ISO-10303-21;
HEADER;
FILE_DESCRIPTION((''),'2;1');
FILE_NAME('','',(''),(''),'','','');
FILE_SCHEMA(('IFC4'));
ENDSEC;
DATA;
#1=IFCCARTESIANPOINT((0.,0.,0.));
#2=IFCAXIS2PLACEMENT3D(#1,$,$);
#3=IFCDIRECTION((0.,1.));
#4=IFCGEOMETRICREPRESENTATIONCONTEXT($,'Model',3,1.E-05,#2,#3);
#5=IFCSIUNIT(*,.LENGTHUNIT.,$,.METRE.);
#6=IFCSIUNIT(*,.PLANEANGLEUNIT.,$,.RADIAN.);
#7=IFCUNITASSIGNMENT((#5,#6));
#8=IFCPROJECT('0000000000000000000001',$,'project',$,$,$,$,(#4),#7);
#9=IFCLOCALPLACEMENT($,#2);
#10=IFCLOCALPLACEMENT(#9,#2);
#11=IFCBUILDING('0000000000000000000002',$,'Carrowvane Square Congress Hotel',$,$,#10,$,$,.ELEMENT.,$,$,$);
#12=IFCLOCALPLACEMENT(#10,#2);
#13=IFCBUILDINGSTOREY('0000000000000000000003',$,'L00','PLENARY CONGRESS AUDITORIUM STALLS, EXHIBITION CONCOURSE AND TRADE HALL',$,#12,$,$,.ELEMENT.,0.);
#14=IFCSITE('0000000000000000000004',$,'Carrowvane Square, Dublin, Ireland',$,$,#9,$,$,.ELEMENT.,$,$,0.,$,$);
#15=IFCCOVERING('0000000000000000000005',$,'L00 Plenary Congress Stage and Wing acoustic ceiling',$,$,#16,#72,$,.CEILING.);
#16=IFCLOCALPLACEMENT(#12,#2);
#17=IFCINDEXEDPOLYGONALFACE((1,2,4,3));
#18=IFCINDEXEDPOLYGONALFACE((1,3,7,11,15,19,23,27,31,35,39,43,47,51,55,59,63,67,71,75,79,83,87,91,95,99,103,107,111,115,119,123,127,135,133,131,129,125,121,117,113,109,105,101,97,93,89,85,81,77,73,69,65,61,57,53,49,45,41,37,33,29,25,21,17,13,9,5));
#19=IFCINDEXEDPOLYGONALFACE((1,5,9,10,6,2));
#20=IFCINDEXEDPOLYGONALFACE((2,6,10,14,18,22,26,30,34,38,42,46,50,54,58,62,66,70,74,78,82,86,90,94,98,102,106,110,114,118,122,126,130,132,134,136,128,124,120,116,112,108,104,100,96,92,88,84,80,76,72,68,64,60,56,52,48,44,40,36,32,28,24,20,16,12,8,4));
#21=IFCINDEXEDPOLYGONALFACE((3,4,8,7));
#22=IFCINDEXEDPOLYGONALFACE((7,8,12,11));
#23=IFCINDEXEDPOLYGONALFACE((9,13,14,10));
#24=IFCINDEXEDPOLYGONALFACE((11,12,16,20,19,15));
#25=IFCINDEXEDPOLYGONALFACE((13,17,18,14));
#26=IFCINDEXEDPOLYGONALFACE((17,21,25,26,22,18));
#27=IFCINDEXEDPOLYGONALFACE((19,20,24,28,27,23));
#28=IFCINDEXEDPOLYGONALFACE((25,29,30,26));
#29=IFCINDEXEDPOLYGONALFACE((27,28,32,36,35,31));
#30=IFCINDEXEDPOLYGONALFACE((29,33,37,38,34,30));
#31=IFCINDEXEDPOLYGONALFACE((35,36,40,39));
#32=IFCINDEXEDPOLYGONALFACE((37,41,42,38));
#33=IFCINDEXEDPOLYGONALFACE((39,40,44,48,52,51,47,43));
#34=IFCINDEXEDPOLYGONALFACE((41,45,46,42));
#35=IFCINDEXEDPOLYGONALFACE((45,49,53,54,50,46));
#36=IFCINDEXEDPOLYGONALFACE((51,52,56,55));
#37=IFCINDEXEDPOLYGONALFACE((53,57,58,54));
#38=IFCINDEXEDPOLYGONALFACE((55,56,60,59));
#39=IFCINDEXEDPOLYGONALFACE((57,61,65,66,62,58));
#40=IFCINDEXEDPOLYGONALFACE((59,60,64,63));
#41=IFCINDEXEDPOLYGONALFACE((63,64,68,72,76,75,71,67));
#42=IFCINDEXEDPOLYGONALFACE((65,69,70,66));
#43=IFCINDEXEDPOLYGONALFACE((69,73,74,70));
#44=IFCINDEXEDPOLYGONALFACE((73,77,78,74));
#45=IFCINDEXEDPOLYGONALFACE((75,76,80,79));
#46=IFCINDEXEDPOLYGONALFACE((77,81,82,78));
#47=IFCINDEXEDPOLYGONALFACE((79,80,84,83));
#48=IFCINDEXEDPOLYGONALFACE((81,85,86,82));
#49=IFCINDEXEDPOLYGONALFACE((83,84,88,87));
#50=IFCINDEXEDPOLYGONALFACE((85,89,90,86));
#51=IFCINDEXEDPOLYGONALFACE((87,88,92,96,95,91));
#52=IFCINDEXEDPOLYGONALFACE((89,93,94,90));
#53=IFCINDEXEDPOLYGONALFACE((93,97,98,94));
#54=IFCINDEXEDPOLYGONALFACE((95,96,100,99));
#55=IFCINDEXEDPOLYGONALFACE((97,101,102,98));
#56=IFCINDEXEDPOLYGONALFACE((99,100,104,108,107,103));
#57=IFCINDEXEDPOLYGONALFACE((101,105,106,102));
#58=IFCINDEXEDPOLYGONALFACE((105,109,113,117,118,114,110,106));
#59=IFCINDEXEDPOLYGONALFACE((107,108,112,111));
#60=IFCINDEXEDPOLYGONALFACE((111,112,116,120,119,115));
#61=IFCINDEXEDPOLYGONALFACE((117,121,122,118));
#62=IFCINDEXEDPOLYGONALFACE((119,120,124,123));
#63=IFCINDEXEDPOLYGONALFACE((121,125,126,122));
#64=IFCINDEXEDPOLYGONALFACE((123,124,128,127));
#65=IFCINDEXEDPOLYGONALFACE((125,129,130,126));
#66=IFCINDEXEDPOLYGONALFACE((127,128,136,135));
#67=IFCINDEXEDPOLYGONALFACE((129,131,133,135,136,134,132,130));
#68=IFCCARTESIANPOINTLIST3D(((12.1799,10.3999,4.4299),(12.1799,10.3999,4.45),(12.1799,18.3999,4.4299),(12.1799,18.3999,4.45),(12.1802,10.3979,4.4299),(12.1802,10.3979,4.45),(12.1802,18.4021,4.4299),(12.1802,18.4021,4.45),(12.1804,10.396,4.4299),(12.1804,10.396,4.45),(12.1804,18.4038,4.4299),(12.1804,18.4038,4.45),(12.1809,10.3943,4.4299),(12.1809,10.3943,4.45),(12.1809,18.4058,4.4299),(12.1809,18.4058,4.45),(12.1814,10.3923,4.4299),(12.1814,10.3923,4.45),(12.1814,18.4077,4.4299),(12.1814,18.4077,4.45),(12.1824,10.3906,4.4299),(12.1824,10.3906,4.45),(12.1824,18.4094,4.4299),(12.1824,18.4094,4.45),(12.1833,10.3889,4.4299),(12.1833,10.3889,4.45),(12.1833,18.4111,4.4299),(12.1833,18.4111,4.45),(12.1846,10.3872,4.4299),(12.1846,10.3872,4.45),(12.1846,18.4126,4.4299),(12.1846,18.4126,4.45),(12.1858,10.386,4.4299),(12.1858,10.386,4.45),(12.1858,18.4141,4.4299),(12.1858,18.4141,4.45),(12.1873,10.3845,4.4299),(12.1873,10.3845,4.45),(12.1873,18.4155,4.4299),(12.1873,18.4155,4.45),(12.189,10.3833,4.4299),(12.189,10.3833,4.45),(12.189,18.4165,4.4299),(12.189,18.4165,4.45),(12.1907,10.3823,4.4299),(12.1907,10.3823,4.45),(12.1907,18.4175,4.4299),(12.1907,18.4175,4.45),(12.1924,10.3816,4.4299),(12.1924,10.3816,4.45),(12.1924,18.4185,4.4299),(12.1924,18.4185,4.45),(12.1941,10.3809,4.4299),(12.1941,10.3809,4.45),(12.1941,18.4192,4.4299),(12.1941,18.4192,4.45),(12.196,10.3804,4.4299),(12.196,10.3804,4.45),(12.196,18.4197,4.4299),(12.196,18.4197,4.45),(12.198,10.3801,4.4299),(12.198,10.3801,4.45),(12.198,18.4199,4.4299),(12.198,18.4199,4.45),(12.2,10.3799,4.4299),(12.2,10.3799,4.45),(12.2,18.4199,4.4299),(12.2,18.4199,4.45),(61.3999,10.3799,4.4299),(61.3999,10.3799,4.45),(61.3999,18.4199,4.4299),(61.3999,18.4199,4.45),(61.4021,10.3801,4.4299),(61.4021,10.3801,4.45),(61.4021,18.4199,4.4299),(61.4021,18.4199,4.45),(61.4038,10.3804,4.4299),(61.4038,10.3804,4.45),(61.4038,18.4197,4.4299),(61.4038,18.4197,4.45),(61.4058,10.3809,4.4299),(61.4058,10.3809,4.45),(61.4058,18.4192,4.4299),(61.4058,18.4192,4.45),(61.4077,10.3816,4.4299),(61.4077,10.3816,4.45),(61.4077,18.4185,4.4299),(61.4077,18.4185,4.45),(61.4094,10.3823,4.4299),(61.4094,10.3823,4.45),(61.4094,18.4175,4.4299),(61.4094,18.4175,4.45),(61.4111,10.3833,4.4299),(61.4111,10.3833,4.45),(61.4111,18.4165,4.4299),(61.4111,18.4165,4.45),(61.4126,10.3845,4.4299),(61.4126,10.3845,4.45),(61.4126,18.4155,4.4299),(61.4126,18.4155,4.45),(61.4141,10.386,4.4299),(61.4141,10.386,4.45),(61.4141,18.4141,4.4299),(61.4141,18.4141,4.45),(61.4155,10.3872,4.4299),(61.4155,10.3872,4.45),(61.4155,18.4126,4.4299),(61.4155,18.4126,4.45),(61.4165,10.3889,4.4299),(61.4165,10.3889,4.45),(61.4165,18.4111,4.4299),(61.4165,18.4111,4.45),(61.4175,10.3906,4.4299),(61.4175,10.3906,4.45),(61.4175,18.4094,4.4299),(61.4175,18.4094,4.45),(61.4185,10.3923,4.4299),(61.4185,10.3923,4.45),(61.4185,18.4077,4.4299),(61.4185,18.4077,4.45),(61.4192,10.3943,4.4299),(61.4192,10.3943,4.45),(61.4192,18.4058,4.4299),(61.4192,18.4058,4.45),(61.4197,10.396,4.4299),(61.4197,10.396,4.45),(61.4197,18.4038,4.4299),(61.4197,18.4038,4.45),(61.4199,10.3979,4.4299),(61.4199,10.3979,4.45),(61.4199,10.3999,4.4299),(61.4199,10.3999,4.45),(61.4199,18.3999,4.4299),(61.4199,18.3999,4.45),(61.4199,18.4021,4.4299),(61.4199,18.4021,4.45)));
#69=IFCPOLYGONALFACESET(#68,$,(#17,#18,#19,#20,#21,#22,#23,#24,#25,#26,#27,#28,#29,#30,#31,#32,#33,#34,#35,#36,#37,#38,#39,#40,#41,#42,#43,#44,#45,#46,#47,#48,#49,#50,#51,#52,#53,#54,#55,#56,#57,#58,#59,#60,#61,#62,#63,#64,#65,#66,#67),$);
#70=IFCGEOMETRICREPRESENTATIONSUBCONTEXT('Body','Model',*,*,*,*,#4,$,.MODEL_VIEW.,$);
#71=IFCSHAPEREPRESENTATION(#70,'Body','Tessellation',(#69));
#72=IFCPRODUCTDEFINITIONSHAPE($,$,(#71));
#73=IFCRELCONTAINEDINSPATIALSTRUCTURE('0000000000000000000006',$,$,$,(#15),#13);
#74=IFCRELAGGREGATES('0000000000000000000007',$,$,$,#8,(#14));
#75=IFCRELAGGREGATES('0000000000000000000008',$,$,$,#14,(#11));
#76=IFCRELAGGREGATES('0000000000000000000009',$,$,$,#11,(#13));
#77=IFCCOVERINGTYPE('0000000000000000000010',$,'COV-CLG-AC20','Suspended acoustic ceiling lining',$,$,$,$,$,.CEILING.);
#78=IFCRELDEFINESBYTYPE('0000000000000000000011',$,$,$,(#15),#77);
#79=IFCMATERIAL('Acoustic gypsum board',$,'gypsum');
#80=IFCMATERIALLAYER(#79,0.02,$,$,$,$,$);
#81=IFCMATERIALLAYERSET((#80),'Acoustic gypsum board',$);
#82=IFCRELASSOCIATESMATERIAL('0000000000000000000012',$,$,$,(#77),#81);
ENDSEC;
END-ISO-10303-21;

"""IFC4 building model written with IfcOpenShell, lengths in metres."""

from ifc_helpers import new_model, si_unit, direction, frame, origin, place, context, subcontext, project, spatial, polyline, outline, extrude, material, layer, layer_set, type_object, element, save


model = new_model("IFC4")

# Units and contexts
model_context = context("Model", 3, precision=1e-05, world=origin(), true_north=direction((0.0, 1.0)))
body_context = subcontext(model_context, "Body", "Model", "MODEL_VIEW")
ifc_project = project(units=[si_unit("LENGTHUNIT", "METRE"), si_unit("PLANEANGLEUNIT", "RADIAN")], contexts=[model_context])

# Site, building, storey
site_placement = place(None, origin())
site = spatial("IfcSite", under=ifc_project, at=site_placement, Name="Carrowvane Square, Dublin, Ireland", CompositionType="ELEMENT", RefElevation=0.0)
building_placement = place(site_placement, origin())
building = spatial("IfcBuilding", under=site, at=building_placement, Name="Carrowvane Square Congress Hotel", CompositionType="ELEMENT")
storey_placement = place(building_placement, origin())
storey = spatial("IfcBuildingStorey", under=building, at=storey_placement, Name="L00", Description="PLENARY CONGRESS AUDITORIUM STALLS, EXHIBITION CONCOURSE AND TRADE HALL", CompositionType="ELEMENT", Elevation=0.0)

# Covering
ifc_material_1 = material(Name="Acoustic gypsum board", Category="gypsum")
ifc_layer_1 = layer(ifc_material_1, 0.02)
ifc_layer_set_1 = layer_set([ifc_layer_1], Name="Acoustic gypsum board")
covering_type_1 = type_object("IfcCoveringType", Name="COV-CLG-AC20", Description="Suspended acoustic ceiling lining", PredefinedType="CEILING", material=ifc_layer_set_1)
covering_1_placement = place(storey_placement, frame((0.0, 0.0, 4.4299)))
element("IfcCovering", 1, at=covering_1_placement, inside=storey, type_object=covering_type_1, Name="L00 Plenary Congress Stage and Wing acoustic ceiling", PredefinedType="CEILING", context=body_context, shape_type="SweptSolid", body=[
    extrude(outline(polyline([(12.1941, 18.4192), (12.196, 18.4197), (12.198, 18.4199), (12.2, 18.4199), (61.3999, 18.4199), (61.4021, 18.4199), (61.4038, 18.4197), (61.4058, 18.4192), (61.4077, 18.4185), (61.4094, 18.4175), (61.4111, 18.4165), (61.4126, 18.4155), (61.4141, 18.4141), (61.4155, 18.4126), (61.4165, 18.4111), (61.4175, 18.4094), (61.4185, 18.4077), (61.4192, 18.4058), (61.4197, 18.4038), (61.4199, 18.4021), (61.4199, 18.3999), (61.4199, 10.3999), (61.4199, 10.3979), (61.4197, 10.396), (61.4192, 10.3943), (61.4185, 10.3923), (61.4175, 10.3906), (61.4165, 10.3889), (61.4155, 10.3872), (61.4141, 10.386), (61.4126, 10.3845), (61.4111, 10.3833), (61.4094, 10.3823), (61.4077, 10.3816), (61.4058, 10.3809), (61.4038, 10.3804), (61.4021, 10.3801), (61.3999, 10.3799), (12.2, 10.3799), (12.198, 10.3801), (12.196, 10.3804), (12.1941, 10.3809), (12.1924, 10.3816), (12.1907, 10.3823), (12.189, 10.3833), (12.1873, 10.3845), (12.1858, 10.386), (12.1846, 10.3872), (12.1833, 10.3889), (12.1824, 10.3906), (12.1814, 10.3923), (12.1809, 10.3943), (12.1804, 10.396), (12.1802, 10.3979), (12.1799, 10.3999), (12.1799, 18.3999), (12.1802, 18.4021), (12.1804, 18.4038), (12.1809, 18.4058), (12.1814, 18.4077), (12.1824, 18.4094), (12.1833, 18.4111), (12.1846, 18.4126), (12.1858, 18.4141), (12.1873, 18.4155), (12.189, 18.4165), (12.1907, 18.4175), (12.1924, 18.4185), (12.1941, 18.4192)])), origin(), (0.0, 0.0, 1.0), 0.02),
])

save(model, "model.ifc")
